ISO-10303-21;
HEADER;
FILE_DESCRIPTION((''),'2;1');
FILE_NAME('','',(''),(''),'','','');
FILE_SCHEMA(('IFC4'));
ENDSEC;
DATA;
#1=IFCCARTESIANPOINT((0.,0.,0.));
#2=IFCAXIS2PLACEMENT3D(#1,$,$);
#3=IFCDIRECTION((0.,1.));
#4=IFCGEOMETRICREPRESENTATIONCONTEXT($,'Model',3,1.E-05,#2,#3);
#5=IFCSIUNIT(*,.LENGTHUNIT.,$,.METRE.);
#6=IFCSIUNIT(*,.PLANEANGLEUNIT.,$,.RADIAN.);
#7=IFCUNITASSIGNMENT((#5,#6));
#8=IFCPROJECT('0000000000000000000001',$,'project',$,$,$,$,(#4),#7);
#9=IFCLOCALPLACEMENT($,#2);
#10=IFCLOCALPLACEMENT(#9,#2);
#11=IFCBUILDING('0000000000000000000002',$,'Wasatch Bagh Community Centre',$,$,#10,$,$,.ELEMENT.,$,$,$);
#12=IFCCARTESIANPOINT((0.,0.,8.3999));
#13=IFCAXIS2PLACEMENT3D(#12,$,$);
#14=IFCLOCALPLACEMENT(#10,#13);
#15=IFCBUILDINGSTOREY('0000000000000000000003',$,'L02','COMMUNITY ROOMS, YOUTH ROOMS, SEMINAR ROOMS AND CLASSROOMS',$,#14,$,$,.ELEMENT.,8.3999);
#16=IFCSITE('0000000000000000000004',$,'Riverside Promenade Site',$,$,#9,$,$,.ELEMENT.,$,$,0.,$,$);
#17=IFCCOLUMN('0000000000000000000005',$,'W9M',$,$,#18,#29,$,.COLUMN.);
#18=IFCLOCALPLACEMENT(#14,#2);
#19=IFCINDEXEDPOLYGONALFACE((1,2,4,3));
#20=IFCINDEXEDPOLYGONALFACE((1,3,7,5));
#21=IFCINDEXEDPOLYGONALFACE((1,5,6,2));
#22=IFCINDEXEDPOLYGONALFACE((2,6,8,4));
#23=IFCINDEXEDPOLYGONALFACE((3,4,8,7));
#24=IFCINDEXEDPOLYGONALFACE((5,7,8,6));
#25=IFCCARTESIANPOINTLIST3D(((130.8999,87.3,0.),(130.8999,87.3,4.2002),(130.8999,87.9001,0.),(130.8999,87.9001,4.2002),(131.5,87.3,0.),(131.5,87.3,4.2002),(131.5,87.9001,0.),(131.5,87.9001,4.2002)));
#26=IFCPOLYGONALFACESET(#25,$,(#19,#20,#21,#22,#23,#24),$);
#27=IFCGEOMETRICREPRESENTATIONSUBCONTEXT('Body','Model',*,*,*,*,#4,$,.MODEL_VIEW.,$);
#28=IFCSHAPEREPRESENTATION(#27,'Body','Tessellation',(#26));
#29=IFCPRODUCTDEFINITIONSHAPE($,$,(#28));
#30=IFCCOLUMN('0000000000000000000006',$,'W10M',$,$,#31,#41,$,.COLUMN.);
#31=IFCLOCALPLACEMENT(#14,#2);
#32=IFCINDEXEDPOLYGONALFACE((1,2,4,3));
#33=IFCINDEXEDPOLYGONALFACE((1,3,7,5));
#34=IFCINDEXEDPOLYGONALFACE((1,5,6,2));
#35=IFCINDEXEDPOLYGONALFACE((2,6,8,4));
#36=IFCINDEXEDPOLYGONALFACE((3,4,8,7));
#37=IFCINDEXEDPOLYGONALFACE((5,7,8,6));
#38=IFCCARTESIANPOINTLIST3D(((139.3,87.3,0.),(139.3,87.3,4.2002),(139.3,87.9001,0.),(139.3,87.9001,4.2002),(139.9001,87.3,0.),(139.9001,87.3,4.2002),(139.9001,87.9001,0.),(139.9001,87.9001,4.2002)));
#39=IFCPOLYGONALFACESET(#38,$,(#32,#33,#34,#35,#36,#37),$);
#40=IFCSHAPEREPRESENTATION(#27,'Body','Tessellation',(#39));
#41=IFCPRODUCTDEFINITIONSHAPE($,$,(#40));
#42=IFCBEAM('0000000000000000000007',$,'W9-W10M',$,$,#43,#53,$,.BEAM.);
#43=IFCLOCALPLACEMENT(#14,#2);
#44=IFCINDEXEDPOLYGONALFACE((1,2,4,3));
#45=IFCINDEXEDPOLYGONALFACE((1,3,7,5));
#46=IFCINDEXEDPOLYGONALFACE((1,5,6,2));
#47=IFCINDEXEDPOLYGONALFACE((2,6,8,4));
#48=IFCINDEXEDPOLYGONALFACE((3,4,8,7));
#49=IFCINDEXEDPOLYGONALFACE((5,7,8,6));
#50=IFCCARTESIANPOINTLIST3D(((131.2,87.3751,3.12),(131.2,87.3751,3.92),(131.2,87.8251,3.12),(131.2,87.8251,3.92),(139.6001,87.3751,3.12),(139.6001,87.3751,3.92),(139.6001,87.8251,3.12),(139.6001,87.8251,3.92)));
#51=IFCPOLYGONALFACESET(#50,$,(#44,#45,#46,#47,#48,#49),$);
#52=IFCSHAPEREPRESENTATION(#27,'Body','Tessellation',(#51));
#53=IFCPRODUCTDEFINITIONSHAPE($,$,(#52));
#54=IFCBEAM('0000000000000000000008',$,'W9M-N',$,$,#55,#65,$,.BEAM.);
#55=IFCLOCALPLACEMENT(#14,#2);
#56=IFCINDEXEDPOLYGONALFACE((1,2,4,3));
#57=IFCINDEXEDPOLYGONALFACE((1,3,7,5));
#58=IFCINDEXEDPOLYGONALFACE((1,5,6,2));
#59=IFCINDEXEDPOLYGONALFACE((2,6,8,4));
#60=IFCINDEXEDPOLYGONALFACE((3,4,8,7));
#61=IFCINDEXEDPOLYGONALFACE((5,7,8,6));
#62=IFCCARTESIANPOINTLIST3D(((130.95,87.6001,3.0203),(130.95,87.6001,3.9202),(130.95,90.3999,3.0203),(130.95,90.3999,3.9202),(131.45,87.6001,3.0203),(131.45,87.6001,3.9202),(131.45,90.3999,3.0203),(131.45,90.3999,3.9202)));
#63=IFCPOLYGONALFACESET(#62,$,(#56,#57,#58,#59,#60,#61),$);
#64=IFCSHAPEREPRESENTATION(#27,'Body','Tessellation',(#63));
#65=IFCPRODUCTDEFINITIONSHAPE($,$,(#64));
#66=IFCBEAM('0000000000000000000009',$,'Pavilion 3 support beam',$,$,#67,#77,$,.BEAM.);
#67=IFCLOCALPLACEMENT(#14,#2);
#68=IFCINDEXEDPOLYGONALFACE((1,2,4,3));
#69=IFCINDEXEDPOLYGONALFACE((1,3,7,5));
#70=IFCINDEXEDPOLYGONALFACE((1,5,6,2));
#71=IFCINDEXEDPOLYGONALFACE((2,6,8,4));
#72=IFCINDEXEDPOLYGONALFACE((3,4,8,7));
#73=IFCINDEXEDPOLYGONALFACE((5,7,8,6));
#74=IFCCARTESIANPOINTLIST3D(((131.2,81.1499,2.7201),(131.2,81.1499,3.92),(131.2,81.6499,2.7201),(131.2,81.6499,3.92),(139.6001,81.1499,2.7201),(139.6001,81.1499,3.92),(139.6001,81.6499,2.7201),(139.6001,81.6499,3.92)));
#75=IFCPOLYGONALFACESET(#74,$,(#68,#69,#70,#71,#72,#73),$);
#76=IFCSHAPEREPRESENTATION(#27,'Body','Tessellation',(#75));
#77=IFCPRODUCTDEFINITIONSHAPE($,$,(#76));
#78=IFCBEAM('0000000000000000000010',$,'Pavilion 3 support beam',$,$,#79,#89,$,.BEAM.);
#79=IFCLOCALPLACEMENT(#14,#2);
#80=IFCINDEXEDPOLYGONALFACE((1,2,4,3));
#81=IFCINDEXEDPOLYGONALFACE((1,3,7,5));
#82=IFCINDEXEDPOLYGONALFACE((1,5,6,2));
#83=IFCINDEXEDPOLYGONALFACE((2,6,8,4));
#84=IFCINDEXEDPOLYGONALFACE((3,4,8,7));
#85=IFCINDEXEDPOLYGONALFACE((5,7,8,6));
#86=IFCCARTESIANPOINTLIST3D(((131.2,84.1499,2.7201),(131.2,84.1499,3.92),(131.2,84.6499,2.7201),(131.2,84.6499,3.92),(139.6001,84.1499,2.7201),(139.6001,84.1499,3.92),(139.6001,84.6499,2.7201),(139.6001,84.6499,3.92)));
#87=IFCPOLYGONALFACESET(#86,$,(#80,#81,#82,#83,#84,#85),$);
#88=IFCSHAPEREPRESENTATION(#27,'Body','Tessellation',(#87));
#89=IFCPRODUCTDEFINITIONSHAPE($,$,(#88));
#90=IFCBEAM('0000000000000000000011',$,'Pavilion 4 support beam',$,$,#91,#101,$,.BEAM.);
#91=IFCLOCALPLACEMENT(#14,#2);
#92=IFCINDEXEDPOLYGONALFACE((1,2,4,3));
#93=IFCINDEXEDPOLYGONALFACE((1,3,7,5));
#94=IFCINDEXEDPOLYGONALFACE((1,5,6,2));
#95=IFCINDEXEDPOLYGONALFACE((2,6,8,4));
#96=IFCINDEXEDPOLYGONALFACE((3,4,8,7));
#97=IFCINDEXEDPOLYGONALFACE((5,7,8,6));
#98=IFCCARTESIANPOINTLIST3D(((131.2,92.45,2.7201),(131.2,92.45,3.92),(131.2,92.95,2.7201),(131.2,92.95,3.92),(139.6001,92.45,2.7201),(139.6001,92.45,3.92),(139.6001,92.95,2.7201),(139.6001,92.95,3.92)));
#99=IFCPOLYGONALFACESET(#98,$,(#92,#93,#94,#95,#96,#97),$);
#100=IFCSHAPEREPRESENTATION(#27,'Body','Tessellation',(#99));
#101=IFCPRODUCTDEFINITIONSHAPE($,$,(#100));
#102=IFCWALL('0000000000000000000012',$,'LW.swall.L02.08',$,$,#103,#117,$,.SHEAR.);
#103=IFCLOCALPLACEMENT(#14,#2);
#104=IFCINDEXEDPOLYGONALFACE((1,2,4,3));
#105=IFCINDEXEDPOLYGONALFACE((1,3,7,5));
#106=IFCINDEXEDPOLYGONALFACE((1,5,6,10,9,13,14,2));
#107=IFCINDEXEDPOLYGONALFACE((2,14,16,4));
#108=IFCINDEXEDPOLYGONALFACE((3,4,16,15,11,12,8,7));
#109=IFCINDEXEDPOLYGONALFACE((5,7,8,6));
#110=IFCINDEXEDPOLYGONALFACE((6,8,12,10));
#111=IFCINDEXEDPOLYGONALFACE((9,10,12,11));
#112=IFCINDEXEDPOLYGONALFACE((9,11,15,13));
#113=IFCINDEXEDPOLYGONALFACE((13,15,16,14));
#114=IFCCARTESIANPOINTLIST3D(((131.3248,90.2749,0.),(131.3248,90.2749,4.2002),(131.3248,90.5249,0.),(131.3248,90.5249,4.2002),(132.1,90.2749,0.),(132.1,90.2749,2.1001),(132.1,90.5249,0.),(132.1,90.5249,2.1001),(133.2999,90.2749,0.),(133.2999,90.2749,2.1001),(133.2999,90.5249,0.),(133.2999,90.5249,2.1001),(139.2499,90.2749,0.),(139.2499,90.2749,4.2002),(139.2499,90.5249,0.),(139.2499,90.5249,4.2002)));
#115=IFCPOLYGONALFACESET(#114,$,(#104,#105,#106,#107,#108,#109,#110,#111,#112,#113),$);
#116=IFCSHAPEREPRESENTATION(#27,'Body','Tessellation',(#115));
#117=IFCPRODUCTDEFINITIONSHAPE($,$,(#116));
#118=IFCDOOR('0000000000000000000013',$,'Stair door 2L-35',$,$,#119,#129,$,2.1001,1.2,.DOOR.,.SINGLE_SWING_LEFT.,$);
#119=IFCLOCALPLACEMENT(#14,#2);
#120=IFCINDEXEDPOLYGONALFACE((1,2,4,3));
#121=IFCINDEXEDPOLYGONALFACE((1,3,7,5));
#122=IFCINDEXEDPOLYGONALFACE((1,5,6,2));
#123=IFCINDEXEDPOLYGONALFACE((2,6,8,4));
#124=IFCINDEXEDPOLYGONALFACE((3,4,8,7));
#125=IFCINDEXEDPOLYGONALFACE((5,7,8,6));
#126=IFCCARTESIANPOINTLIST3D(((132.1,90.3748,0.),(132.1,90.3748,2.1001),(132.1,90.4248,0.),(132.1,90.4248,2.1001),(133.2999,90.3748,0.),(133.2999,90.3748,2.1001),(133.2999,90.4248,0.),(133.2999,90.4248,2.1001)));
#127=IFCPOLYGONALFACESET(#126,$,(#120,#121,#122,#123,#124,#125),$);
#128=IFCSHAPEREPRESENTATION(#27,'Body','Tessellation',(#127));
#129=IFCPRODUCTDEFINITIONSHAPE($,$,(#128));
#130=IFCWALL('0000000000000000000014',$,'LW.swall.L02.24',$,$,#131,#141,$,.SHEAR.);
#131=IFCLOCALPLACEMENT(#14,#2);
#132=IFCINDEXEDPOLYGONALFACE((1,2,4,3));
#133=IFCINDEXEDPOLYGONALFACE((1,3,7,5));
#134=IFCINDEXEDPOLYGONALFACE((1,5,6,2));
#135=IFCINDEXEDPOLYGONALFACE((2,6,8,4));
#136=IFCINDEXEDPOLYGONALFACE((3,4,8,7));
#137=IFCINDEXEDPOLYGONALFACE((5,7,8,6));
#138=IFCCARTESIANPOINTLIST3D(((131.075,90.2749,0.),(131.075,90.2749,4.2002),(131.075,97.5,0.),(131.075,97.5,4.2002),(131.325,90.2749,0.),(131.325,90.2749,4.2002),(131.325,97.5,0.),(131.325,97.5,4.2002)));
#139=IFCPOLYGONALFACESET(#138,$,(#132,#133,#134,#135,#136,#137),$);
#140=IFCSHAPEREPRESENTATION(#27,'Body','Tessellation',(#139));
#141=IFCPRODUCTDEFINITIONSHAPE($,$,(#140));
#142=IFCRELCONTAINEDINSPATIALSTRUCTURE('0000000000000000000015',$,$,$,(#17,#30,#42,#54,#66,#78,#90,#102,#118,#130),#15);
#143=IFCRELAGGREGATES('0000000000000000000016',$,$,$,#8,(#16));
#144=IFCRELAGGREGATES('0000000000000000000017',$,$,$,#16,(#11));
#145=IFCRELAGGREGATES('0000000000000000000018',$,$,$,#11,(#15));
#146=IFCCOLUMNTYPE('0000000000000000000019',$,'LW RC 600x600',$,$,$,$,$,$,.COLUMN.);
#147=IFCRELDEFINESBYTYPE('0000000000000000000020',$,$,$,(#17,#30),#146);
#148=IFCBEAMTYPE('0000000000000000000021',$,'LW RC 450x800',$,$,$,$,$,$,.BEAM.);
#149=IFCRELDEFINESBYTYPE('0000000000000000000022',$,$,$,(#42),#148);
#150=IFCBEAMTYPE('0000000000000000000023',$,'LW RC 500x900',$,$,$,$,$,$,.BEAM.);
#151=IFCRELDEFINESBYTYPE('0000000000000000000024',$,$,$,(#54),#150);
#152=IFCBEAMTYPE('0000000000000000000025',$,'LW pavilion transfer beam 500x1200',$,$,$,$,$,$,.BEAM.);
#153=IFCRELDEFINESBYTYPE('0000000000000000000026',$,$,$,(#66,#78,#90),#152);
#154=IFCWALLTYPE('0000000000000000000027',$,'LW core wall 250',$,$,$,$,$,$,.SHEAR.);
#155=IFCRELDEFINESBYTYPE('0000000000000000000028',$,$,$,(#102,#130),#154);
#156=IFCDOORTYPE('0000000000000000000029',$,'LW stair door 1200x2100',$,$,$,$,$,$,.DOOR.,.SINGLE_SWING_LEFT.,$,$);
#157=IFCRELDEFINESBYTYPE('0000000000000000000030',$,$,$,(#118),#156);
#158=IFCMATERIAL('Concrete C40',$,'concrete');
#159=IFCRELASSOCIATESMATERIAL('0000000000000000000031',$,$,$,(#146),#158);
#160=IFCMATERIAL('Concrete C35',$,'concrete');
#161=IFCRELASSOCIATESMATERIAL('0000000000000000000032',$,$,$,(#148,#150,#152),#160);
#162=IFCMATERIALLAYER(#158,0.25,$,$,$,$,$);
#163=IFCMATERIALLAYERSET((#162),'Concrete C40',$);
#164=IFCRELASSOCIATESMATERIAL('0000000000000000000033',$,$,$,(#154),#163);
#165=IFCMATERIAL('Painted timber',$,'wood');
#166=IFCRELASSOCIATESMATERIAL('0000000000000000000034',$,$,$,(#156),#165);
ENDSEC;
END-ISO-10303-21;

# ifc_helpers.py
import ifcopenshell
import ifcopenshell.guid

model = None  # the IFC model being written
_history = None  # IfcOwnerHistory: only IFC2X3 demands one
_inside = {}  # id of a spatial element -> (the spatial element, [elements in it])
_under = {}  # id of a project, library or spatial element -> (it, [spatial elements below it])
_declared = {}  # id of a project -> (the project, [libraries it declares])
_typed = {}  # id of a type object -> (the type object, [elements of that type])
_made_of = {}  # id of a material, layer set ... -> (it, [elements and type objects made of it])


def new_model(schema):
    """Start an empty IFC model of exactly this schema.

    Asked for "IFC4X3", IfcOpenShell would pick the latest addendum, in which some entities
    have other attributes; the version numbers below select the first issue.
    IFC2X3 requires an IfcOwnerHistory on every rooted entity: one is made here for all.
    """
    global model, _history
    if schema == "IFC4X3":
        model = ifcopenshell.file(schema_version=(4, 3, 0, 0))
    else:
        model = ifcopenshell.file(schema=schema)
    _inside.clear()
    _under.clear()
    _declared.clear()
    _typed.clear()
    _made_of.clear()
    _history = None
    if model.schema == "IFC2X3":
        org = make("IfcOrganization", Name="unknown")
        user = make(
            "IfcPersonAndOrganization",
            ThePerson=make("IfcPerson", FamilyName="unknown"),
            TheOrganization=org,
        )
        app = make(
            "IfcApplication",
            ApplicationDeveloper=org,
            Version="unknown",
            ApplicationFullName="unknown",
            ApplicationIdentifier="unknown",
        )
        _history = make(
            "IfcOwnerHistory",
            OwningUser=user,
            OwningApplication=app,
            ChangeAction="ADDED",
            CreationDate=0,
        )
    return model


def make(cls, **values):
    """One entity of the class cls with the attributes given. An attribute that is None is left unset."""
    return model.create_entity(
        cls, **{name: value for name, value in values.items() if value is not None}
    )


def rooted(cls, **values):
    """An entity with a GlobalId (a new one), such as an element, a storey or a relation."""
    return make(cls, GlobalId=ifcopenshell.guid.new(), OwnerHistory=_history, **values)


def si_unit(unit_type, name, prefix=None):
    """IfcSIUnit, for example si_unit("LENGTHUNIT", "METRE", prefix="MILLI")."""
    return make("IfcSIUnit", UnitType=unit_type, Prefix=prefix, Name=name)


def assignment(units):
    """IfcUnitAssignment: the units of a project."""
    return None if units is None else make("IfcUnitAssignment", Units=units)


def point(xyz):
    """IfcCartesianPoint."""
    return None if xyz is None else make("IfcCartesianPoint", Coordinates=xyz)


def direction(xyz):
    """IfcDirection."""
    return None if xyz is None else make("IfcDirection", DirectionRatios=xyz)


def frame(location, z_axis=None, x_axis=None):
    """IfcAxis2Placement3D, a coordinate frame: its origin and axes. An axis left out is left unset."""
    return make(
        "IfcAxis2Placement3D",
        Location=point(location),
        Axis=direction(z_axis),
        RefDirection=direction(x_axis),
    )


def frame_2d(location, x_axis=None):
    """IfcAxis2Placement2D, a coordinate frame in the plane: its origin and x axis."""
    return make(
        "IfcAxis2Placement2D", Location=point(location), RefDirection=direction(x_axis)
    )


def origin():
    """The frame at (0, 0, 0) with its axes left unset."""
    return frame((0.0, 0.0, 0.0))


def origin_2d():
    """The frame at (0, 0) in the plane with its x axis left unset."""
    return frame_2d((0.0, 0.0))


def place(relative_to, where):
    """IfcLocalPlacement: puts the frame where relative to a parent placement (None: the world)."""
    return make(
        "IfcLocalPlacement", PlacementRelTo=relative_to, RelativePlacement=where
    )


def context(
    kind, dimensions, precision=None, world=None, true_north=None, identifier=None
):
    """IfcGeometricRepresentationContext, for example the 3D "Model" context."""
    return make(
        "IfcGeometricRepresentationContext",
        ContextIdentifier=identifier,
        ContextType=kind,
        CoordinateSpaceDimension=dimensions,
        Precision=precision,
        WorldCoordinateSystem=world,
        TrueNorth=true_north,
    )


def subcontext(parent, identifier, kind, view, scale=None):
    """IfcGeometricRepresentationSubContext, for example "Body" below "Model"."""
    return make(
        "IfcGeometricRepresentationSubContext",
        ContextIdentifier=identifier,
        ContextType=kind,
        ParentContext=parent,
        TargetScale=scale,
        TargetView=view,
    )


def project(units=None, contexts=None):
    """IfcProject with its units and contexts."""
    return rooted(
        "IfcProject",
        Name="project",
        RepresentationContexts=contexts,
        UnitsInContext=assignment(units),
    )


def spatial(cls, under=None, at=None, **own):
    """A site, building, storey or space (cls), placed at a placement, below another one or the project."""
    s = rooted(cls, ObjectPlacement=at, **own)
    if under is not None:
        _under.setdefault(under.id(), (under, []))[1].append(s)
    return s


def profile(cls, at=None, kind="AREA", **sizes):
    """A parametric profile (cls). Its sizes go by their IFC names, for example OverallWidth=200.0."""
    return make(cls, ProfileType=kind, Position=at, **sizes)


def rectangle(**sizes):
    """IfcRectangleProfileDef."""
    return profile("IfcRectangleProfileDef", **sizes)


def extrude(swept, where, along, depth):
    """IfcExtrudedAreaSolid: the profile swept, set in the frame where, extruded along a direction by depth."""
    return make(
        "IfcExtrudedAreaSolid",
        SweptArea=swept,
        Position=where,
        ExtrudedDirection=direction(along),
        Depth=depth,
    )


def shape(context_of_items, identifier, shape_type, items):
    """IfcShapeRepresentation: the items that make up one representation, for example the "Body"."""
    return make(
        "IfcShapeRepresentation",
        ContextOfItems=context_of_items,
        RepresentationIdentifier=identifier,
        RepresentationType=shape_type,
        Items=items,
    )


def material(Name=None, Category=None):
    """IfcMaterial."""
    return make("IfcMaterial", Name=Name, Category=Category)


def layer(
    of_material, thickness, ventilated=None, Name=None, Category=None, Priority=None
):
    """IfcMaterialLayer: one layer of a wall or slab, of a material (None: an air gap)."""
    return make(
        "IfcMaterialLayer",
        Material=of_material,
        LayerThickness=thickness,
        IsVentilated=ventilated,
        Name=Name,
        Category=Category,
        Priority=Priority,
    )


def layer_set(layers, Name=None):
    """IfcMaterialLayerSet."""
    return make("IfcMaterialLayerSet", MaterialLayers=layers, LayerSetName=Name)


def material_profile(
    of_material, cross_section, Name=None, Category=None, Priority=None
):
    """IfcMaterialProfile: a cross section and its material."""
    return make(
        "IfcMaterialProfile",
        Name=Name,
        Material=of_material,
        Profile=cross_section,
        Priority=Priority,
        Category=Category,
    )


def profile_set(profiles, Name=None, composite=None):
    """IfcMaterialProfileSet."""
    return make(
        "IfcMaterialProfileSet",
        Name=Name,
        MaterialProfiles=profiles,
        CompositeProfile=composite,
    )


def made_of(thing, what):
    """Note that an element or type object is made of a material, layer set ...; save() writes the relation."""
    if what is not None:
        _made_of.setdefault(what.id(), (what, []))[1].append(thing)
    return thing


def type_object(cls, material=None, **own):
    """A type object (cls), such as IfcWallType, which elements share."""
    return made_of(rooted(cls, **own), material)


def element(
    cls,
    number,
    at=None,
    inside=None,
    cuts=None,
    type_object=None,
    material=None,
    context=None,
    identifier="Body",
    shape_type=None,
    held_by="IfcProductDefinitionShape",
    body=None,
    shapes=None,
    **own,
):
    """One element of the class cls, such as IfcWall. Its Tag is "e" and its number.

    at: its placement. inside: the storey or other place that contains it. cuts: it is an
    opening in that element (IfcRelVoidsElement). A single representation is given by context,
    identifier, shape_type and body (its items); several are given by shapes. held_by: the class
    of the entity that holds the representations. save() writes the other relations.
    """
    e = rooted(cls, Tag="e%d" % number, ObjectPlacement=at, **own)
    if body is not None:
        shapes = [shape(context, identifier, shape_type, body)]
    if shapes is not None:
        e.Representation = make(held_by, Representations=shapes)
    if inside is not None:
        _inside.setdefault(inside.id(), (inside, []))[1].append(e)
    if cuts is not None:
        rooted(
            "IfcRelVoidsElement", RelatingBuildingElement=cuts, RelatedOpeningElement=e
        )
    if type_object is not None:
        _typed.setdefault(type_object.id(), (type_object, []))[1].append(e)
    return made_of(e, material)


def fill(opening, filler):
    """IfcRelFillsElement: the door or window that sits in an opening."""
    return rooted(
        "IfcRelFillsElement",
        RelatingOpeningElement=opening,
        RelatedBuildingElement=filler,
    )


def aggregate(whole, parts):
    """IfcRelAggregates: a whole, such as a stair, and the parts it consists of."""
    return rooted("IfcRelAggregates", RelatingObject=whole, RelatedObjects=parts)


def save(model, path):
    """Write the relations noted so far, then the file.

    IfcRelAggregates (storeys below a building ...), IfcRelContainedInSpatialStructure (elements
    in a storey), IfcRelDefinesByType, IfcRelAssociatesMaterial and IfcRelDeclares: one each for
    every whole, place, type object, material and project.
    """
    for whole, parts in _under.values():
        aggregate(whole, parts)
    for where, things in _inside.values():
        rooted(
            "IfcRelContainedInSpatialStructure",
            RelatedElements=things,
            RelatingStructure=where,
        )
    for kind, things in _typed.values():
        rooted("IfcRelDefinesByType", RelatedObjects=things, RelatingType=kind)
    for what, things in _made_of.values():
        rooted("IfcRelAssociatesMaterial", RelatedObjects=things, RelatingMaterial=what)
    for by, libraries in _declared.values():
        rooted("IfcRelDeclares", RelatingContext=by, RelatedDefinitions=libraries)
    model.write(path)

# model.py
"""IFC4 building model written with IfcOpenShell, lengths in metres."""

from ifc_helpers import new_model, si_unit, direction, frame, frame_2d, origin, origin_2d, place, context, subcontext, project, spatial, rectangle, extrude, material, layer, layer_set, material_profile, profile_set, type_object, element, fill, save


model = new_model("IFC4")

# Units and contexts
model_context = context("Model", 3, precision=1e-05, world=origin(), true_north=direction((0.0, 1.0)))
body_context = subcontext(model_context, "Body", "Model", "MODEL_VIEW")
ifc_project = project(units=[si_unit("LENGTHUNIT", "METRE"), si_unit("PLANEANGLEUNIT", "RADIAN")], contexts=[model_context])

# Site, building, storey
site_placement = place(None, origin())
site = spatial("IfcSite", under=ifc_project, at=site_placement, Name="Riverside Promenade Site", CompositionType="ELEMENT", RefElevation=0.0)
building_placement = place(site_placement, origin())
building = spatial("IfcBuilding", under=site, at=building_placement, Name="Wasatch Bagh Community Centre", CompositionType="ELEMENT")
storey_placement = place(building_placement, frame((0.0, 0.0, 8.3999)))
storey = spatial("IfcBuildingStorey", under=building, at=storey_placement, Name="L02", Description="COMMUNITY ROOMS, YOUTH ROOMS, SEMINAR ROOMS AND CLASSROOMS", CompositionType="ELEMENT", Elevation=8.3999)

# Columns
ifc_material_1 = material(Name="Concrete C40", Category="concrete")
ifc_material_profile_1 = material_profile(ifc_material_1, rectangle(XDim=0.6001, YDim=0.6001, at=origin_2d()), Name="RC 600x600")
ifc_profile_set_1 = profile_set([ifc_material_profile_1], Name="Concrete C40")
column_type = type_object("IfcColumnType", Name="LW RC 600x600", PredefinedType="COLUMN", material=ifc_profile_set_1)
for number, where, z_axis, x_axis, name in (
    (1, (131.2, 87.6001, 0.0), (0.0, 0.0, 1.0), (1.0, 0.0, 0.0), "W9M"),
    (2, (139.6001, 87.6001, 0.0), (0.0, 0.0, 1.0), (1.0, 0.0, 0.0), "W10M"),
):
    element("IfcColumn", number, at=place(storey_placement, frame(where, z_axis=z_axis, x_axis=x_axis)), inside=storey, type_object=column_type, Name=name, PredefinedType="COLUMN", context=body_context, shape_type="SweptSolid", body=[
        extrude(rectangle(XDim=0.6001, YDim=0.6001, at=origin_2d()), origin(), (0.0, 0.0, 1.0), 4.2002),
    ])

# Beams
ifc_material_2 = material(Name="Concrete C35", Category="concrete")
ifc_material_profile_2 = material_profile(ifc_material_2, rectangle(XDim=0.45, YDim=0.8, at=origin_2d()), Name="RC 450x800")
ifc_profile_set_2 = profile_set([ifc_material_profile_2], Name="Concrete C35")
beam_type_1 = type_object("IfcBeamType", Name="LW RC 450x800", PredefinedType="BEAM", material=ifc_profile_set_2)
beam_1_placement = place(storey_placement, frame((131.2, 87.6001, 3.52), z_axis=(1.0, 0.0, 0.0), x_axis=(0.0, 1.0, 0.0)))
element("IfcBeam", 3, at=beam_1_placement, inside=storey, type_object=beam_type_1, Name="W9-W10M", PredefinedType="BEAM", context=body_context, shape_type="SweptSolid", body=[
    extrude(rectangle(XDim=0.45, YDim=0.8, at=origin_2d()), origin(), (0.0, 0.0, 1.0), 8.4001),
])
ifc_material_profile_3 = material_profile(ifc_material_2, rectangle(XDim=0.5, YDim=0.8999, at=origin_2d()), Name="RC 500x900")
ifc_profile_set_3 = profile_set([ifc_material_profile_3], Name="Concrete C35")
beam_type_2 = type_object("IfcBeamType", Name="LW RC 500x900", PredefinedType="BEAM", material=ifc_profile_set_3)
beam_2_placement = place(storey_placement, frame((131.2, 87.6001, 3.4702), z_axis=(0.0, 1.0, 0.0), x_axis=(-1.0, 0.0, 0.0)))
element("IfcBeam", 4, at=beam_2_placement, inside=storey, type_object=beam_type_2, Name="W9M-N", PredefinedType="BEAM", context=body_context, shape_type="SweptSolid", body=[
    extrude(rectangle(XDim=0.5, YDim=0.8999, at=origin_2d()), origin(), (0.0, 0.0, 1.0), 2.7998),
])
ifc_material_profile_4 = material_profile(ifc_material_2, rectangle(XDim=0.5, YDim=1.2, at=origin_2d()), Name="RC 500x1200")
ifc_profile_set_4 = profile_set([ifc_material_profile_4], Name="Concrete C35")
beam_type_3 = type_object("IfcBeamType", Name="LW pavilion transfer beam 500x1200", PredefinedType="BEAM", material=ifc_profile_set_4)
for number, where, z_axis, x_axis, name in (
    (5, (131.2, 81.3999, 3.3201), (1.0, 0.0, 0.0), (0.0, 1.0, 0.0), "Pavilion 3 support beam"),
    (6, (131.2, 84.3999, 3.3201), (1.0, 0.0, 0.0), (0.0, 1.0, 0.0), "Pavilion 3 support beam"),
    (7, (131.2, 92.7, 3.3201), (1.0, 0.0, 0.0), (0.0, 1.0, 0.0), "Pavilion 4 support beam"),
):
    element("IfcBeam", number, at=place(storey_placement, frame(where, z_axis=z_axis, x_axis=x_axis)), inside=storey, type_object=beam_type_3, Name=name, PredefinedType="BEAM", context=body_context, shape_type="SweptSolid", body=[
        extrude(rectangle(XDim=0.5, YDim=1.2, at=origin_2d()), origin(), (0.0, 0.0, 1.0), 8.4001),
    ])

# Wall, opening, door
ifc_layer_1 = layer(ifc_material_1, 0.25)
ifc_layer_set_1 = layer_set([ifc_layer_1], Name="Concrete C40")
wall_type_1 = type_object("IfcWallType", Name="LW core wall 250", PredefinedType="SHEAR", material=ifc_layer_set_1)
wall_1_placement = place(storey_placement, frame((131.325, 90.3999, 0.0), z_axis=(0.0, 0.0, 1.0), x_axis=(1.0, 0.0, 0.0)))
wall_1 = element("IfcWall", 8, at=wall_1_placement, inside=storey, type_object=wall_type_1, Name="LW.swall.L02.08", PredefinedType="SHEAR", context=body_context, shape_type="SweptSolid", body=[
    extrude(rectangle(XDim=7.925, YDim=0.25, at=frame_2d((3.9624, 0.0))), origin(), (0.0, 0.0, 1.0), 4.2002),
])
opening_1_placement = place(wall_1_placement, frame((0.7749, 0.0, 0.0)))
opening_1 = element("IfcOpeningElement", 9, at=opening_1_placement, cuts=wall_1, PredefinedType="OPENING", context=body_context, shape_type="SweptSolid", body=[
    extrude(rectangle(XDim=1.2, YDim=2.1001, at=frame_2d((0.6001, 1.05))), frame((0.0, 0.135, 0.0), z_axis=(0.0, -1.0, 0.0), x_axis=(1.0, 0.0, 0.0)), (0.0, 0.0, 1.0), 0.27),
])
ifc_material_3 = material(Name="Painted timber", Category="wood")
door_type_1 = type_object("IfcDoorType", Name="LW stair door 1200x2100", OperationType="SINGLE_SWING_LEFT", PredefinedType="DOOR", material=ifc_material_3)
door_1_placement = place(opening_1_placement, origin())
door_1 = element("IfcDoor", 10, at=door_1_placement, inside=storey, type_object=door_type_1, Name="Stair door 2L-35", OperationType="SINGLE_SWING_LEFT", OverallHeight=2.1001, OverallWidth=1.2, PredefinedType="DOOR", context=body_context, shape_type="SweptSolid", body=[
    extrude(rectangle(XDim=1.2, YDim=2.1001, at=frame_2d((0.6001, 1.05))), frame((0.0, 0.0249, 0.0), z_axis=(0.0, -1.0, 0.0), x_axis=(1.0, 0.0, 0.0)), (0.0, 0.0, 1.0), 0.05),
])
fill(opening_1, door_1)

# Wall
wall_2_placement = place(storey_placement, frame((131.2, 90.2749, 0.0), z_axis=(0.0, 0.0, 1.0), x_axis=(0.0, 1.0, 0.0)))
element("IfcWall", 11, at=wall_2_placement, inside=storey, type_object=wall_type_1, Name="LW.swall.L02.24", PredefinedType="SHEAR", context=body_context, shape_type="SweptSolid", body=[
    extrude(rectangle(XDim=7.2251, YDim=0.25, at=frame_2d((3.6125, 0.0))), origin(), (0.0, 0.0, 1.0), 4.2002),
])

save(model, "model.ifc")
